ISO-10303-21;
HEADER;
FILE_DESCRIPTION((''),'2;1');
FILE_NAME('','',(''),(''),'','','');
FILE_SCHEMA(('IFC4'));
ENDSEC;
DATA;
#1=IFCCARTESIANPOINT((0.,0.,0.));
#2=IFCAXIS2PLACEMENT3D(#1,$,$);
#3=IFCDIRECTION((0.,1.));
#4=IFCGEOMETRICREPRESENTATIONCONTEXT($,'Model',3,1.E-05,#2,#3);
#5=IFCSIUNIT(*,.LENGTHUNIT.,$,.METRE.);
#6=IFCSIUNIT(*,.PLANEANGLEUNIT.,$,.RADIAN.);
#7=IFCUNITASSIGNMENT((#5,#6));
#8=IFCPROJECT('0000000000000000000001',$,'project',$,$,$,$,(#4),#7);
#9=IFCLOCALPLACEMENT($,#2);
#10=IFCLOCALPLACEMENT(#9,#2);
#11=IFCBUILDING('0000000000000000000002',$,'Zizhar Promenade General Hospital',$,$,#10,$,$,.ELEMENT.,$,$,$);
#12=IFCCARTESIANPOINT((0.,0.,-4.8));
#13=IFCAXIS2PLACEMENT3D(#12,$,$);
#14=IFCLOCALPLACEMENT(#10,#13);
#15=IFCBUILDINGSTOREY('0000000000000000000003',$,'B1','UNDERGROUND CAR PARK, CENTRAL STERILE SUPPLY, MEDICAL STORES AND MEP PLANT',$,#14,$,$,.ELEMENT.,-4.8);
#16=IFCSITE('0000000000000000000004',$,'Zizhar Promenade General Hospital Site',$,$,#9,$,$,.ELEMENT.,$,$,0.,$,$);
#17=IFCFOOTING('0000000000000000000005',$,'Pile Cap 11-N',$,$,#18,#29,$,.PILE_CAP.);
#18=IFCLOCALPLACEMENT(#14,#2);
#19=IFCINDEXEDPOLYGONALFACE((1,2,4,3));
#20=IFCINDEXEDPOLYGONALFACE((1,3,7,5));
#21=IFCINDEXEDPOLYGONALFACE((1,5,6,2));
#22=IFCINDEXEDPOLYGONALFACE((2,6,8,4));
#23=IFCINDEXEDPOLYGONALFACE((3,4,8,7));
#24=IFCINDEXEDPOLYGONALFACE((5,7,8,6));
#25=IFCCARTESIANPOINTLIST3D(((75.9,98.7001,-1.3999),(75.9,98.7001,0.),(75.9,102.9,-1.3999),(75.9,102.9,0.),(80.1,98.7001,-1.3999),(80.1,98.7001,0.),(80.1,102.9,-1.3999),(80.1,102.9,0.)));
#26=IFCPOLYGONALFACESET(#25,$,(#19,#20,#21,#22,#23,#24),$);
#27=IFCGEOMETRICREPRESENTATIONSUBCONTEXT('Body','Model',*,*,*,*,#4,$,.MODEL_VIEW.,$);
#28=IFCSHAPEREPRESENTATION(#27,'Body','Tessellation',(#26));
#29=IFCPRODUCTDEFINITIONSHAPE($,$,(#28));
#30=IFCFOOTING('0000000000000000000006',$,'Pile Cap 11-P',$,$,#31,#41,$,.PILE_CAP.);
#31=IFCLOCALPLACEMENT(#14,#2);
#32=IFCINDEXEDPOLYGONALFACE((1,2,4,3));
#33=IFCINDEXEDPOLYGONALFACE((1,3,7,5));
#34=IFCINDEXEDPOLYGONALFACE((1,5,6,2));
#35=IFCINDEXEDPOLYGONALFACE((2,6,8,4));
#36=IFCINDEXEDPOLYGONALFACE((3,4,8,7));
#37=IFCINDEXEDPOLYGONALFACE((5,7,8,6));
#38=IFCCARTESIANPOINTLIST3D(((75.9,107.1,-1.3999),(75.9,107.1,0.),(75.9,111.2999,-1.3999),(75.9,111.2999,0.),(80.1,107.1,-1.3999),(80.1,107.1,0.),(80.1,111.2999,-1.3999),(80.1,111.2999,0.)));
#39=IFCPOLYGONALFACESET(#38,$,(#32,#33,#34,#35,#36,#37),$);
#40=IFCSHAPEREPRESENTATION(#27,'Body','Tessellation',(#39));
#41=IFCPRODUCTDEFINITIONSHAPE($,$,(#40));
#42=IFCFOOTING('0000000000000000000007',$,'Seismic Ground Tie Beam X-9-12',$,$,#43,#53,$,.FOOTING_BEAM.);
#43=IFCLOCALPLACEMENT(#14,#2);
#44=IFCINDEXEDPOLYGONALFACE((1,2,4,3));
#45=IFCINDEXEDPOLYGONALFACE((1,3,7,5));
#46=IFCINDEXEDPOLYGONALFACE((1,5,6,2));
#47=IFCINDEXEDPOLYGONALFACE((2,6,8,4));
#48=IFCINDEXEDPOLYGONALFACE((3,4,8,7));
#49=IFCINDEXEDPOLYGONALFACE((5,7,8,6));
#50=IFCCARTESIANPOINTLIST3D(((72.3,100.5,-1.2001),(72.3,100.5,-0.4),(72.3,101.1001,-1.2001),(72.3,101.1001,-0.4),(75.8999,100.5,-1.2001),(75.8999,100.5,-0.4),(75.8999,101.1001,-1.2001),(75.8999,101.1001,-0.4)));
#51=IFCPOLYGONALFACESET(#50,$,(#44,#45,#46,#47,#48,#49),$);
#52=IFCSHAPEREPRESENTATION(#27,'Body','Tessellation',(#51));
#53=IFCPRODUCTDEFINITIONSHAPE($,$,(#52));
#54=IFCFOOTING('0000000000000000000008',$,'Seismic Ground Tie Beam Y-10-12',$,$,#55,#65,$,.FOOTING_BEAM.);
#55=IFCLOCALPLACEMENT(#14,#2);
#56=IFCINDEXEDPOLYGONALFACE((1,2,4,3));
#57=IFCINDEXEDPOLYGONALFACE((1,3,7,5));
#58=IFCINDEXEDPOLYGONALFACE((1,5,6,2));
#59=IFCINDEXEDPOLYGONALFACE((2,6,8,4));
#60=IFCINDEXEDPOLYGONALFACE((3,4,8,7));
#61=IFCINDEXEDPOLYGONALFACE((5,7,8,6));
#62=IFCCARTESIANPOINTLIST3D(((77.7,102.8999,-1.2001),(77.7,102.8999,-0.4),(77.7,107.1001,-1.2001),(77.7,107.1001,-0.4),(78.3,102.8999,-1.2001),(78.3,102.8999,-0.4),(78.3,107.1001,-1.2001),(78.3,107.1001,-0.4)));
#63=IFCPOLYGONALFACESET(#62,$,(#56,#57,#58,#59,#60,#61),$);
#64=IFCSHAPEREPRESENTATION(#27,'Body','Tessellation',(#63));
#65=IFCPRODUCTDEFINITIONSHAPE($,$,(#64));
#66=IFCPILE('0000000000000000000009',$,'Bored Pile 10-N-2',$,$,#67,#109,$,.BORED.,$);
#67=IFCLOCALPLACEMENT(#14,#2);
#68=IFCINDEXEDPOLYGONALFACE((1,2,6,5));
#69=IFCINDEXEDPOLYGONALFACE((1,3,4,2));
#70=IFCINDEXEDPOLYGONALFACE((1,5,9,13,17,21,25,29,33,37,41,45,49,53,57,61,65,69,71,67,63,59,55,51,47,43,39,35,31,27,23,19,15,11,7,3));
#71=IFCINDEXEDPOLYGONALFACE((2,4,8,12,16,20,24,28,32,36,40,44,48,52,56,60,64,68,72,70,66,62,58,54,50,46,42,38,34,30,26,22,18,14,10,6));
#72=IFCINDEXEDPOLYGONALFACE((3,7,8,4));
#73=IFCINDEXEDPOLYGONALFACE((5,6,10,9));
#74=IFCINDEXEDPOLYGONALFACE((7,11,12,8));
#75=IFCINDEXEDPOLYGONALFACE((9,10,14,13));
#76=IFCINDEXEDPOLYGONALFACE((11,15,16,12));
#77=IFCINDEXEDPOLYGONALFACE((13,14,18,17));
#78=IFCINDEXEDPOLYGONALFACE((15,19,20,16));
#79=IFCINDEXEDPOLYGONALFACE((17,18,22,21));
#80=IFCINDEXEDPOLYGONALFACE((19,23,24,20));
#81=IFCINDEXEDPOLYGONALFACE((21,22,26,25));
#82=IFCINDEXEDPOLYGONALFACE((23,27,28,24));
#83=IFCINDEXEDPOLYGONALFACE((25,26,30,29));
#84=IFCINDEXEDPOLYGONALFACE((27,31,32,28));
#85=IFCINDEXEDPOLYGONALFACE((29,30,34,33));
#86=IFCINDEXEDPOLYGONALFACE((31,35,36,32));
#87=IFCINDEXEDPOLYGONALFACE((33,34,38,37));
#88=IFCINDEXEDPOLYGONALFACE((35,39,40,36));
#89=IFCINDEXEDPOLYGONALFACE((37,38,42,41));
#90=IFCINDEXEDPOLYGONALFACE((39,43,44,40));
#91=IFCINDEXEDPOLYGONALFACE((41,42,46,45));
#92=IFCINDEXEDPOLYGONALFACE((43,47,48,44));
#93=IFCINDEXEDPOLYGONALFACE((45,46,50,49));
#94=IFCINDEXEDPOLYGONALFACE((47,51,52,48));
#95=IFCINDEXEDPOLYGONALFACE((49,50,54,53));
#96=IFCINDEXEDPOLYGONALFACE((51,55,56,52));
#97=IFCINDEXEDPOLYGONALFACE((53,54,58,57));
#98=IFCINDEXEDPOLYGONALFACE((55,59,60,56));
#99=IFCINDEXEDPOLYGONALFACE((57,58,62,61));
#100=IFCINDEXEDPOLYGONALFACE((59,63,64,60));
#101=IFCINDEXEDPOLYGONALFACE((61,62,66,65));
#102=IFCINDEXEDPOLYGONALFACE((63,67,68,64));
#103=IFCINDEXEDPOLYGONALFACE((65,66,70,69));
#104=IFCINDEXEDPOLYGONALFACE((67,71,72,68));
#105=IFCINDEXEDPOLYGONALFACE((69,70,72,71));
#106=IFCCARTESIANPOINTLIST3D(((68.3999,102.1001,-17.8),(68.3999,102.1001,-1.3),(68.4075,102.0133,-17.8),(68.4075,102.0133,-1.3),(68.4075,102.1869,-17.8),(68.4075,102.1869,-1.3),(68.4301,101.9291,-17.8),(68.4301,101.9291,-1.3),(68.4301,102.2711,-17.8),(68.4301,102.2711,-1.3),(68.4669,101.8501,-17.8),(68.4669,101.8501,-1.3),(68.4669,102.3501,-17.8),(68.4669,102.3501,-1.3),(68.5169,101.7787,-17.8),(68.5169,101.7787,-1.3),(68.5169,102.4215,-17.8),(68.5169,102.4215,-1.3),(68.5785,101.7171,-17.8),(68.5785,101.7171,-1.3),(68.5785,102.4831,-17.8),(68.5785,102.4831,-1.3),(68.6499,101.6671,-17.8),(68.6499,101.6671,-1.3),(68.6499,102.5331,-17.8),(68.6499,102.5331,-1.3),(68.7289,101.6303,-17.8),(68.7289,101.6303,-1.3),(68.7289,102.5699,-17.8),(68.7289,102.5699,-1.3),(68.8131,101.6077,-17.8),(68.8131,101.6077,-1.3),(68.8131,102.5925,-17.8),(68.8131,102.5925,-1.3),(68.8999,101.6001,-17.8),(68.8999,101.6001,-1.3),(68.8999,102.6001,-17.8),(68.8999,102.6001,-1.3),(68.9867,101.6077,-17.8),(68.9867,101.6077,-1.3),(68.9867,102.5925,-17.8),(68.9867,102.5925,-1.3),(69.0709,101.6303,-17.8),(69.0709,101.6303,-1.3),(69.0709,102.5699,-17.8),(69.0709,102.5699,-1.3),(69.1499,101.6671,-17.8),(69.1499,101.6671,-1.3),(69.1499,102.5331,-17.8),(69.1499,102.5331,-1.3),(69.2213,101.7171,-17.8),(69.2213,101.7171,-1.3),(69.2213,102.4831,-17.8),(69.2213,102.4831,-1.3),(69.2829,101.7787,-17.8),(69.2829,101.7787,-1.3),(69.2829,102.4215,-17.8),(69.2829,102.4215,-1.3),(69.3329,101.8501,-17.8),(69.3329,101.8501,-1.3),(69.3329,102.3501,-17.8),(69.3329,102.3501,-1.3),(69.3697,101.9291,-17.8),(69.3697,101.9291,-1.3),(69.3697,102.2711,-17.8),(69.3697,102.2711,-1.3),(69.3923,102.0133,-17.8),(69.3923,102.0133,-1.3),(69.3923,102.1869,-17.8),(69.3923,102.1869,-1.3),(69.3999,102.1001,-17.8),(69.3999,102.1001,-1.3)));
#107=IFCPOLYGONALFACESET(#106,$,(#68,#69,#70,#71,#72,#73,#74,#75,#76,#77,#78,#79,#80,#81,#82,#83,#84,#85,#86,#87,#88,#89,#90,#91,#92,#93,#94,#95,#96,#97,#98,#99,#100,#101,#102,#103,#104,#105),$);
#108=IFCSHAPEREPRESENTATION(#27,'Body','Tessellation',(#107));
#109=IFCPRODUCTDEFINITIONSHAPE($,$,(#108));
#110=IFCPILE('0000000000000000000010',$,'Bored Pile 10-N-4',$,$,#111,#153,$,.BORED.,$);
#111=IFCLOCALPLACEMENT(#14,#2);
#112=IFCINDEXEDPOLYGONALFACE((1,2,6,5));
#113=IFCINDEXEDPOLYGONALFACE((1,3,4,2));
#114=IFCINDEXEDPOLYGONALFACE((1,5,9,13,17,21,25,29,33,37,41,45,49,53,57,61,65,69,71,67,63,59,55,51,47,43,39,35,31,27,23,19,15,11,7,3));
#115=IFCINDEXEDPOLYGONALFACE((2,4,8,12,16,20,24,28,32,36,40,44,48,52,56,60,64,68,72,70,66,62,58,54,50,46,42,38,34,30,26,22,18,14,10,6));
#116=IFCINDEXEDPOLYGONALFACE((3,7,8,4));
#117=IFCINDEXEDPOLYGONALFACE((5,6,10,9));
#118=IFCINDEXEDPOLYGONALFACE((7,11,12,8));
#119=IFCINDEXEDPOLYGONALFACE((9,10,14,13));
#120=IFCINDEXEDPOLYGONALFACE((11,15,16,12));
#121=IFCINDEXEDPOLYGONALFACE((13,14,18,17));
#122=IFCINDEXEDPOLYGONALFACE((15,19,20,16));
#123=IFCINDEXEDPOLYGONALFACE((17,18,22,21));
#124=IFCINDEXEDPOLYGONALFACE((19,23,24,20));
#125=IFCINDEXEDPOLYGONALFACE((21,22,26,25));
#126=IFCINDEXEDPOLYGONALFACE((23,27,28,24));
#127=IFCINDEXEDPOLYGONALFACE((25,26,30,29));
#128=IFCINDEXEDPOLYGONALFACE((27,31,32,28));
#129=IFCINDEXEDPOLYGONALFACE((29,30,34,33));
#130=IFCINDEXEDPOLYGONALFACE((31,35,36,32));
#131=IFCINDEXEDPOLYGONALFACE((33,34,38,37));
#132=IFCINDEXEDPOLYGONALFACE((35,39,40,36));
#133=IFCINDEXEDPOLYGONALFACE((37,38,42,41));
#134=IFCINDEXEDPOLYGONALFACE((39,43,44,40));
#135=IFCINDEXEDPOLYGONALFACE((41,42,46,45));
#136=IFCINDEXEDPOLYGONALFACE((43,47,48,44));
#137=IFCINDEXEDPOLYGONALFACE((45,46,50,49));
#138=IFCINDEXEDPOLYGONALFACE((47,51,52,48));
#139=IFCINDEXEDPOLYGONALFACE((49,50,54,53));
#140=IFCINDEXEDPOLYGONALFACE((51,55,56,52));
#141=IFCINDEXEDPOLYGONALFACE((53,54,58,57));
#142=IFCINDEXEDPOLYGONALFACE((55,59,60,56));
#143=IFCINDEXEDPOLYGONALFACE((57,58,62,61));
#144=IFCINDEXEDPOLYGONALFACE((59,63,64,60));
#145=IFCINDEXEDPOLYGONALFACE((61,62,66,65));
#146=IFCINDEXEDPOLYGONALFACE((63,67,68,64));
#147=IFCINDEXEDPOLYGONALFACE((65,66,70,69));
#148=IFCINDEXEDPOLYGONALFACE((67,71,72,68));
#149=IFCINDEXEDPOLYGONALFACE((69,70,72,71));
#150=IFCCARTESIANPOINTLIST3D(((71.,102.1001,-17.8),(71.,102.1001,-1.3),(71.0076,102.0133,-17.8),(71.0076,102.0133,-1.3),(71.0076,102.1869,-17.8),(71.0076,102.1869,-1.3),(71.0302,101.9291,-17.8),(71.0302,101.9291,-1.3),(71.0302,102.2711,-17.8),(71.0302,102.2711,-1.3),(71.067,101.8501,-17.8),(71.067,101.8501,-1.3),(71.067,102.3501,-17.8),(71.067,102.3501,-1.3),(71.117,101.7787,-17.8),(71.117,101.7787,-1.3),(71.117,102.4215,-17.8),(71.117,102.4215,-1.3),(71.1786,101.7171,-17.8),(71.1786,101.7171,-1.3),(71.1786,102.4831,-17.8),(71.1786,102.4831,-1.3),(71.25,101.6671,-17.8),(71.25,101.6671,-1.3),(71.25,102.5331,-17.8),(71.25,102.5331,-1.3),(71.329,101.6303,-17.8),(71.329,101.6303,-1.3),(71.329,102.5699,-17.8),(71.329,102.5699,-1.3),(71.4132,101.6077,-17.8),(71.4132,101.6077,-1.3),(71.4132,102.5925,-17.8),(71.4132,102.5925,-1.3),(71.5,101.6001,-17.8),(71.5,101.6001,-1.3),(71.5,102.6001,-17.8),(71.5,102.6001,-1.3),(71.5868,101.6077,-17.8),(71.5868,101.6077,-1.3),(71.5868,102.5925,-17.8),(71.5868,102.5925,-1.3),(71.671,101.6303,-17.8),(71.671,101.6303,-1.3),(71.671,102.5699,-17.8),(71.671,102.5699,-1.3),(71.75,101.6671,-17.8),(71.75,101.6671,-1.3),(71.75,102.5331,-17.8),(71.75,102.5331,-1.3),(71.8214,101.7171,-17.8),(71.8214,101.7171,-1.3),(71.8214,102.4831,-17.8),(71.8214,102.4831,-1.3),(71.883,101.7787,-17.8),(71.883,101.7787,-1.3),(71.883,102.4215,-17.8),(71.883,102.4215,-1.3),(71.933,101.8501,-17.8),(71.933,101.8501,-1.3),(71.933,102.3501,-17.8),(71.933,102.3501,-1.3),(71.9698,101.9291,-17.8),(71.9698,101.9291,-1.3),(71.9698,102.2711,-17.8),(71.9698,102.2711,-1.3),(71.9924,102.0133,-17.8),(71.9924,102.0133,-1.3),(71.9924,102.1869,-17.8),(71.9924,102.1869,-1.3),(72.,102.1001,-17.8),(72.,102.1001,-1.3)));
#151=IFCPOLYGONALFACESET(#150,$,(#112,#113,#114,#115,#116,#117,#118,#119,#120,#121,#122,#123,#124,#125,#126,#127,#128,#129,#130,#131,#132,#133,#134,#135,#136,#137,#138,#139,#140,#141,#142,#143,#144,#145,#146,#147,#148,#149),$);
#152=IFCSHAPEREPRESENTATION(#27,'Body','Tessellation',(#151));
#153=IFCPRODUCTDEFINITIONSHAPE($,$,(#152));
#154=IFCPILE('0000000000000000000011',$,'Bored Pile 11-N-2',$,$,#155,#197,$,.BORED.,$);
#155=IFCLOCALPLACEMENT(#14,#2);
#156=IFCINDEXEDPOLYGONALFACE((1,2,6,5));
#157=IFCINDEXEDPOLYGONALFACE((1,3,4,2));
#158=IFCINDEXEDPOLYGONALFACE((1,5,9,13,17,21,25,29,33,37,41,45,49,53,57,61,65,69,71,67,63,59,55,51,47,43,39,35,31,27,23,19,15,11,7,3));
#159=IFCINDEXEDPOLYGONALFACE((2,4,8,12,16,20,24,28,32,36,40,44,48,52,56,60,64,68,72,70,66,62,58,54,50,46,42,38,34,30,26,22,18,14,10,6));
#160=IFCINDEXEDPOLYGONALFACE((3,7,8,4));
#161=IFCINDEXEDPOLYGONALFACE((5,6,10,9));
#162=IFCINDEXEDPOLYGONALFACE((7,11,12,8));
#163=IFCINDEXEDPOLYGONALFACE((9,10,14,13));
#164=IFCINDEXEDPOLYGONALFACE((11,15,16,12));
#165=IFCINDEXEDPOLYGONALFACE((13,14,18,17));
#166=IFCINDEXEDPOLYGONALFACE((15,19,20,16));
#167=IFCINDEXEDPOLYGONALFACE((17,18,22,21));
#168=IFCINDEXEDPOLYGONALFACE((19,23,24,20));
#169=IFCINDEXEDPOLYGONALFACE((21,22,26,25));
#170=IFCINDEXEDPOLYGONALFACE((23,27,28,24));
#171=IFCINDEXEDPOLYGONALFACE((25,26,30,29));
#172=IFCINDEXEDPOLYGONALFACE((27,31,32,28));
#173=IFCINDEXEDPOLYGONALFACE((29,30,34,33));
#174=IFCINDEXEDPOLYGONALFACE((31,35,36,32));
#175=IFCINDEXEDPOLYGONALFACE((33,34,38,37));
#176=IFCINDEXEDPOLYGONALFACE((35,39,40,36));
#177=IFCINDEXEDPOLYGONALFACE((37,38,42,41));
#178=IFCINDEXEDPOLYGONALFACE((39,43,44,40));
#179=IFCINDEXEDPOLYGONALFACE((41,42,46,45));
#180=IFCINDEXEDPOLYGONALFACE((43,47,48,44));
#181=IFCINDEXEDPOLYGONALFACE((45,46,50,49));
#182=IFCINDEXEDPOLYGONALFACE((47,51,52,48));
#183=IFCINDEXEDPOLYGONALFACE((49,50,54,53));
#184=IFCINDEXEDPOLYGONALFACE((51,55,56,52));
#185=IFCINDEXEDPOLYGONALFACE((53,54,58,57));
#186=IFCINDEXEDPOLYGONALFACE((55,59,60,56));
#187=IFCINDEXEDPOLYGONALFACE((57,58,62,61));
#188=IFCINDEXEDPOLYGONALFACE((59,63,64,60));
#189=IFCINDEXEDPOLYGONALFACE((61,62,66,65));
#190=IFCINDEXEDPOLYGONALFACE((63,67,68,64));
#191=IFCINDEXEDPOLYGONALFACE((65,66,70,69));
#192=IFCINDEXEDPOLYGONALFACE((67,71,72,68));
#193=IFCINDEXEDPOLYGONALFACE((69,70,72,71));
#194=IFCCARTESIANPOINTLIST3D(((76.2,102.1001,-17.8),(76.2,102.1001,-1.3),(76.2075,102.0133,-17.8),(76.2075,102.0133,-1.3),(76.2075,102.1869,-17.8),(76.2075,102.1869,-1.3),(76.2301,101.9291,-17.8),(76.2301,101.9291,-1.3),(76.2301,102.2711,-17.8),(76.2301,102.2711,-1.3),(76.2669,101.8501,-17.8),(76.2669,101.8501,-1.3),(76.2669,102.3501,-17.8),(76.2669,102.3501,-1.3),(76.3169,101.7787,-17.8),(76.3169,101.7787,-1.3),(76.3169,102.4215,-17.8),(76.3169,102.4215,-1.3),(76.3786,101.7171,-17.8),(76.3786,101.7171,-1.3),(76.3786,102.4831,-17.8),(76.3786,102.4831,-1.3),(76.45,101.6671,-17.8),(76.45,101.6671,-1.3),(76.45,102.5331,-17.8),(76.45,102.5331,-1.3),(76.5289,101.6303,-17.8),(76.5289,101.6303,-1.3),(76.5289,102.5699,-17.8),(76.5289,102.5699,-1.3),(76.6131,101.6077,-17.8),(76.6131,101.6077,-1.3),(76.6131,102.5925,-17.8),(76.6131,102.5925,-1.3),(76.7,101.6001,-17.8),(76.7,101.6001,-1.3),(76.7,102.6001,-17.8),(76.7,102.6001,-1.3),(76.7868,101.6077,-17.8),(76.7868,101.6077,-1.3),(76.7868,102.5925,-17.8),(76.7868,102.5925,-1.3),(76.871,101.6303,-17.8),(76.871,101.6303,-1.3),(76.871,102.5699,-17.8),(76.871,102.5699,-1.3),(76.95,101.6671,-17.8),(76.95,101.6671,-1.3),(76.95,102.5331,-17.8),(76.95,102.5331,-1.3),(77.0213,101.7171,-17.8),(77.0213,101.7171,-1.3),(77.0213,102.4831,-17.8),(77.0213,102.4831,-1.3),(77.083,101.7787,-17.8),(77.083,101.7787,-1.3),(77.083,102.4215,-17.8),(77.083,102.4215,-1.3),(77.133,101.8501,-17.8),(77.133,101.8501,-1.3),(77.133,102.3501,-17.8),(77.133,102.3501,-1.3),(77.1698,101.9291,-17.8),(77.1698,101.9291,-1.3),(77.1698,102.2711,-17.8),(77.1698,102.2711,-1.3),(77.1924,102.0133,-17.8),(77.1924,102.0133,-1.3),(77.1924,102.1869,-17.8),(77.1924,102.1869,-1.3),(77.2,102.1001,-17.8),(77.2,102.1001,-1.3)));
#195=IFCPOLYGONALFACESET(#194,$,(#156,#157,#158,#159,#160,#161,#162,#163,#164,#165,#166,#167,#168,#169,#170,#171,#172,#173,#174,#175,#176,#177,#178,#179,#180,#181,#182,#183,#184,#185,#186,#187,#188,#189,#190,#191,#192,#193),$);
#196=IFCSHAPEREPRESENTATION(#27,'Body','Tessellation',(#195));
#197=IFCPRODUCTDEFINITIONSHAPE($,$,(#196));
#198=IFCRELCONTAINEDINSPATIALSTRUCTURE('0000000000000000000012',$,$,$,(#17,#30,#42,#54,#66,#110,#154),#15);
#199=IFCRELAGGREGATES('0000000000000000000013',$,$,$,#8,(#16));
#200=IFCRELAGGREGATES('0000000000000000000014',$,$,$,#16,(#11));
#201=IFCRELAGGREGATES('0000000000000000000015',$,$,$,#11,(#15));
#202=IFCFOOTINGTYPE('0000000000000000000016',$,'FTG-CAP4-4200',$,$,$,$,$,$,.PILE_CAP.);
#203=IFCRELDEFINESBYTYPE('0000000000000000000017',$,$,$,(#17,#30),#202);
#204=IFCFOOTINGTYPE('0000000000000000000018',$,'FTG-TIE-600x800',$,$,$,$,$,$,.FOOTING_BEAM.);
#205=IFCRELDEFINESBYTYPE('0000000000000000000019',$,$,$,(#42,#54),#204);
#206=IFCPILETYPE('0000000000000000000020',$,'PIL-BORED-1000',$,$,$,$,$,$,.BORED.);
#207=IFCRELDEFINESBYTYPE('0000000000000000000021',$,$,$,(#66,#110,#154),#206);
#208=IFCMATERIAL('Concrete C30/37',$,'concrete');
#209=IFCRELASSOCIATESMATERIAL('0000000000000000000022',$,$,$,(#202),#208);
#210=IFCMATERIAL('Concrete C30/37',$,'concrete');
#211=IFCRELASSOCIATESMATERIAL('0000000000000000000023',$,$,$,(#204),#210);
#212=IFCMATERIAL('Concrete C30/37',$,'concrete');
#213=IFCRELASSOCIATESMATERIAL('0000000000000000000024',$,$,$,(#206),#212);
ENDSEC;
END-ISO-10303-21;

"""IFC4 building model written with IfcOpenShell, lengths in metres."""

from ifc_helpers import new_model, si_unit, direction, frame, origin, origin_2d, place, context, subcontext, project, spatial, rectangle, circle, extrude, material, material_profile, profile_set, type_object, element, save


model = new_model("IFC4")

# Units and contexts
model_context = context("Model", 3, precision=1e-05, world=origin(), true_north=direction((0.0, 1.0)))
body_context = subcontext(model_context, "Body", "Model", "MODEL_VIEW")
ifc_project = project(units=[si_unit("LENGTHUNIT", "METRE"), si_unit("PLANEANGLEUNIT", "RADIAN")], contexts=[model_context])

# Site, building, storey
site_placement = place(None, origin())
site = spatial("IfcSite", under=ifc_project, at=site_placement, Name="Zizhar Promenade General Hospital Site", CompositionType="ELEMENT", RefElevation=0.0)
building_placement = place(site_placement, origin())
building = spatial("IfcBuilding", under=site, at=building_placement, Name="Zizhar Promenade General Hospital", CompositionType="ELEMENT")
storey_placement = place(building_placement, frame((0.0, 0.0, -4.8)))
storey = spatial("IfcBuildingStorey", under=building, at=storey_placement, Name="B1", Description="UNDERGROUND CAR PARK, CENTRAL STERILE SUPPLY, MEDICAL STORES AND MEP PLANT", CompositionType="ELEMENT", Elevation=-4.8)

# Footings
ifc_material_1 = material(Name="Concrete C30/37", Category="concrete")
footing_type_1 = type_object("IfcFootingType", Name="FTG-CAP4-4200", PredefinedType="PILE_CAP", material=ifc_material_1)
for number, where, z_axis, x_axis, name in (
    (1, (78.0, 100.8, -1.3999), (0.0, 0.0, 1.0), (1.0, 0.0, 0.0), "Pile Cap 11-N"),
    (2, (78.0, 109.2, -1.3999), (0.0, 0.0, 1.0), (1.0, 0.0, 0.0), "Pile Cap 11-P"),
):
    element("IfcFooting", number, at=place(storey_placement, frame(where, z_axis=z_axis, x_axis=x_axis)), inside=storey, type_object=footing_type_1, Name=name, PredefinedType="PILE_CAP", context=body_context, shape_type="SweptSolid", body=[
        extrude(rectangle(XDim=4.2, YDim=4.2, at=origin_2d()), origin(), (0.0, 0.0, 1.0), 1.3999),
    ])
ifc_material_2 = material(Name="Concrete C30/37", Category="concrete")
ifc_material_profile_1 = material_profile(ifc_material_2, rectangle(XDim=0.6001, YDim=0.8, at=origin_2d()))
ifc_profile_set_1 = profile_set([ifc_material_profile_1], Name="Concrete C30/37")
footing_type_2 = type_object("IfcFootingType", Name="FTG-TIE-600x800", PredefinedType="FOOTING_BEAM", material=ifc_profile_set_1)
footing_1_placement = place(storey_placement, frame((72.3, 100.8, -0.8), z_axis=(1.0, 0.0, 0.0), x_axis=(0.0, 1.0, 0.0)))
element("IfcFooting", 3, at=footing_1_placement, inside=storey, type_object=footing_type_2, Name="Seismic Ground Tie Beam X-9-12", PredefinedType="FOOTING_BEAM", context=body_context, shape_type="SweptSolid", body=[
    extrude(rectangle(XDim=0.6001, YDim=0.8, at=origin_2d()), origin(), (0.0, 0.0, 1.0), 3.5999),
])
footing_2_placement = place(storey_placement, frame((78.0, 102.8999, -0.8), z_axis=(0.0, 1.0, 0.0), x_axis=(-1.0, 0.0, 0.0)))
element("IfcFooting", 4, at=footing_2_placement, inside=storey, type_object=footing_type_2, Name="Seismic Ground Tie Beam Y-10-12", PredefinedType="FOOTING_BEAM", context=body_context, shape_type="SweptSolid", body=[
    extrude(rectangle(XDim=0.6001, YDim=0.8, at=origin_2d()), origin(), (0.0, 0.0, 1.0), 4.2002),
])

# Piles
ifc_material_3 = material(Name="Concrete C30/37", Category="concrete")
ifc_material_profile_2 = material_profile(ifc_material_3, circle(Radius=0.5, at=origin_2d()))
ifc_profile_set_2 = profile_set([ifc_material_profile_2], Name="Concrete C30/37")
pile_type = type_object("IfcPileType", Name="PIL-BORED-1000", PredefinedType="BORED", material=ifc_profile_set_2)
for number, where, z_axis, x_axis, name in (
    (5, (68.8999, 102.1001, -1.3), (0.0, 0.0, -1.0), (1.0, 0.0, 0.0), "Bored Pile 10-N-2"),
    (6, (71.5, 102.1001, -1.3), (0.0, 0.0, -1.0), (1.0, 0.0, 0.0), "Bored Pile 10-N-4"),
    (7, (76.7, 102.1001, -1.3), (0.0, 0.0, -1.0), (1.0, 0.0, 0.0), "Bored Pile 11-N-2"),
):
    element("IfcPile", number, at=place(storey_placement, frame(where, z_axis=z_axis, x_axis=x_axis)), inside=storey, type_object=pile_type, Name=name, PredefinedType="BORED", context=body_context, shape_type="SweptSolid", body=[
        extrude(circle(Radius=0.5, at=origin_2d()), origin(), (0.0, 0.0, 1.0), 16.5),
    ])

save(model, "model.ifc")
